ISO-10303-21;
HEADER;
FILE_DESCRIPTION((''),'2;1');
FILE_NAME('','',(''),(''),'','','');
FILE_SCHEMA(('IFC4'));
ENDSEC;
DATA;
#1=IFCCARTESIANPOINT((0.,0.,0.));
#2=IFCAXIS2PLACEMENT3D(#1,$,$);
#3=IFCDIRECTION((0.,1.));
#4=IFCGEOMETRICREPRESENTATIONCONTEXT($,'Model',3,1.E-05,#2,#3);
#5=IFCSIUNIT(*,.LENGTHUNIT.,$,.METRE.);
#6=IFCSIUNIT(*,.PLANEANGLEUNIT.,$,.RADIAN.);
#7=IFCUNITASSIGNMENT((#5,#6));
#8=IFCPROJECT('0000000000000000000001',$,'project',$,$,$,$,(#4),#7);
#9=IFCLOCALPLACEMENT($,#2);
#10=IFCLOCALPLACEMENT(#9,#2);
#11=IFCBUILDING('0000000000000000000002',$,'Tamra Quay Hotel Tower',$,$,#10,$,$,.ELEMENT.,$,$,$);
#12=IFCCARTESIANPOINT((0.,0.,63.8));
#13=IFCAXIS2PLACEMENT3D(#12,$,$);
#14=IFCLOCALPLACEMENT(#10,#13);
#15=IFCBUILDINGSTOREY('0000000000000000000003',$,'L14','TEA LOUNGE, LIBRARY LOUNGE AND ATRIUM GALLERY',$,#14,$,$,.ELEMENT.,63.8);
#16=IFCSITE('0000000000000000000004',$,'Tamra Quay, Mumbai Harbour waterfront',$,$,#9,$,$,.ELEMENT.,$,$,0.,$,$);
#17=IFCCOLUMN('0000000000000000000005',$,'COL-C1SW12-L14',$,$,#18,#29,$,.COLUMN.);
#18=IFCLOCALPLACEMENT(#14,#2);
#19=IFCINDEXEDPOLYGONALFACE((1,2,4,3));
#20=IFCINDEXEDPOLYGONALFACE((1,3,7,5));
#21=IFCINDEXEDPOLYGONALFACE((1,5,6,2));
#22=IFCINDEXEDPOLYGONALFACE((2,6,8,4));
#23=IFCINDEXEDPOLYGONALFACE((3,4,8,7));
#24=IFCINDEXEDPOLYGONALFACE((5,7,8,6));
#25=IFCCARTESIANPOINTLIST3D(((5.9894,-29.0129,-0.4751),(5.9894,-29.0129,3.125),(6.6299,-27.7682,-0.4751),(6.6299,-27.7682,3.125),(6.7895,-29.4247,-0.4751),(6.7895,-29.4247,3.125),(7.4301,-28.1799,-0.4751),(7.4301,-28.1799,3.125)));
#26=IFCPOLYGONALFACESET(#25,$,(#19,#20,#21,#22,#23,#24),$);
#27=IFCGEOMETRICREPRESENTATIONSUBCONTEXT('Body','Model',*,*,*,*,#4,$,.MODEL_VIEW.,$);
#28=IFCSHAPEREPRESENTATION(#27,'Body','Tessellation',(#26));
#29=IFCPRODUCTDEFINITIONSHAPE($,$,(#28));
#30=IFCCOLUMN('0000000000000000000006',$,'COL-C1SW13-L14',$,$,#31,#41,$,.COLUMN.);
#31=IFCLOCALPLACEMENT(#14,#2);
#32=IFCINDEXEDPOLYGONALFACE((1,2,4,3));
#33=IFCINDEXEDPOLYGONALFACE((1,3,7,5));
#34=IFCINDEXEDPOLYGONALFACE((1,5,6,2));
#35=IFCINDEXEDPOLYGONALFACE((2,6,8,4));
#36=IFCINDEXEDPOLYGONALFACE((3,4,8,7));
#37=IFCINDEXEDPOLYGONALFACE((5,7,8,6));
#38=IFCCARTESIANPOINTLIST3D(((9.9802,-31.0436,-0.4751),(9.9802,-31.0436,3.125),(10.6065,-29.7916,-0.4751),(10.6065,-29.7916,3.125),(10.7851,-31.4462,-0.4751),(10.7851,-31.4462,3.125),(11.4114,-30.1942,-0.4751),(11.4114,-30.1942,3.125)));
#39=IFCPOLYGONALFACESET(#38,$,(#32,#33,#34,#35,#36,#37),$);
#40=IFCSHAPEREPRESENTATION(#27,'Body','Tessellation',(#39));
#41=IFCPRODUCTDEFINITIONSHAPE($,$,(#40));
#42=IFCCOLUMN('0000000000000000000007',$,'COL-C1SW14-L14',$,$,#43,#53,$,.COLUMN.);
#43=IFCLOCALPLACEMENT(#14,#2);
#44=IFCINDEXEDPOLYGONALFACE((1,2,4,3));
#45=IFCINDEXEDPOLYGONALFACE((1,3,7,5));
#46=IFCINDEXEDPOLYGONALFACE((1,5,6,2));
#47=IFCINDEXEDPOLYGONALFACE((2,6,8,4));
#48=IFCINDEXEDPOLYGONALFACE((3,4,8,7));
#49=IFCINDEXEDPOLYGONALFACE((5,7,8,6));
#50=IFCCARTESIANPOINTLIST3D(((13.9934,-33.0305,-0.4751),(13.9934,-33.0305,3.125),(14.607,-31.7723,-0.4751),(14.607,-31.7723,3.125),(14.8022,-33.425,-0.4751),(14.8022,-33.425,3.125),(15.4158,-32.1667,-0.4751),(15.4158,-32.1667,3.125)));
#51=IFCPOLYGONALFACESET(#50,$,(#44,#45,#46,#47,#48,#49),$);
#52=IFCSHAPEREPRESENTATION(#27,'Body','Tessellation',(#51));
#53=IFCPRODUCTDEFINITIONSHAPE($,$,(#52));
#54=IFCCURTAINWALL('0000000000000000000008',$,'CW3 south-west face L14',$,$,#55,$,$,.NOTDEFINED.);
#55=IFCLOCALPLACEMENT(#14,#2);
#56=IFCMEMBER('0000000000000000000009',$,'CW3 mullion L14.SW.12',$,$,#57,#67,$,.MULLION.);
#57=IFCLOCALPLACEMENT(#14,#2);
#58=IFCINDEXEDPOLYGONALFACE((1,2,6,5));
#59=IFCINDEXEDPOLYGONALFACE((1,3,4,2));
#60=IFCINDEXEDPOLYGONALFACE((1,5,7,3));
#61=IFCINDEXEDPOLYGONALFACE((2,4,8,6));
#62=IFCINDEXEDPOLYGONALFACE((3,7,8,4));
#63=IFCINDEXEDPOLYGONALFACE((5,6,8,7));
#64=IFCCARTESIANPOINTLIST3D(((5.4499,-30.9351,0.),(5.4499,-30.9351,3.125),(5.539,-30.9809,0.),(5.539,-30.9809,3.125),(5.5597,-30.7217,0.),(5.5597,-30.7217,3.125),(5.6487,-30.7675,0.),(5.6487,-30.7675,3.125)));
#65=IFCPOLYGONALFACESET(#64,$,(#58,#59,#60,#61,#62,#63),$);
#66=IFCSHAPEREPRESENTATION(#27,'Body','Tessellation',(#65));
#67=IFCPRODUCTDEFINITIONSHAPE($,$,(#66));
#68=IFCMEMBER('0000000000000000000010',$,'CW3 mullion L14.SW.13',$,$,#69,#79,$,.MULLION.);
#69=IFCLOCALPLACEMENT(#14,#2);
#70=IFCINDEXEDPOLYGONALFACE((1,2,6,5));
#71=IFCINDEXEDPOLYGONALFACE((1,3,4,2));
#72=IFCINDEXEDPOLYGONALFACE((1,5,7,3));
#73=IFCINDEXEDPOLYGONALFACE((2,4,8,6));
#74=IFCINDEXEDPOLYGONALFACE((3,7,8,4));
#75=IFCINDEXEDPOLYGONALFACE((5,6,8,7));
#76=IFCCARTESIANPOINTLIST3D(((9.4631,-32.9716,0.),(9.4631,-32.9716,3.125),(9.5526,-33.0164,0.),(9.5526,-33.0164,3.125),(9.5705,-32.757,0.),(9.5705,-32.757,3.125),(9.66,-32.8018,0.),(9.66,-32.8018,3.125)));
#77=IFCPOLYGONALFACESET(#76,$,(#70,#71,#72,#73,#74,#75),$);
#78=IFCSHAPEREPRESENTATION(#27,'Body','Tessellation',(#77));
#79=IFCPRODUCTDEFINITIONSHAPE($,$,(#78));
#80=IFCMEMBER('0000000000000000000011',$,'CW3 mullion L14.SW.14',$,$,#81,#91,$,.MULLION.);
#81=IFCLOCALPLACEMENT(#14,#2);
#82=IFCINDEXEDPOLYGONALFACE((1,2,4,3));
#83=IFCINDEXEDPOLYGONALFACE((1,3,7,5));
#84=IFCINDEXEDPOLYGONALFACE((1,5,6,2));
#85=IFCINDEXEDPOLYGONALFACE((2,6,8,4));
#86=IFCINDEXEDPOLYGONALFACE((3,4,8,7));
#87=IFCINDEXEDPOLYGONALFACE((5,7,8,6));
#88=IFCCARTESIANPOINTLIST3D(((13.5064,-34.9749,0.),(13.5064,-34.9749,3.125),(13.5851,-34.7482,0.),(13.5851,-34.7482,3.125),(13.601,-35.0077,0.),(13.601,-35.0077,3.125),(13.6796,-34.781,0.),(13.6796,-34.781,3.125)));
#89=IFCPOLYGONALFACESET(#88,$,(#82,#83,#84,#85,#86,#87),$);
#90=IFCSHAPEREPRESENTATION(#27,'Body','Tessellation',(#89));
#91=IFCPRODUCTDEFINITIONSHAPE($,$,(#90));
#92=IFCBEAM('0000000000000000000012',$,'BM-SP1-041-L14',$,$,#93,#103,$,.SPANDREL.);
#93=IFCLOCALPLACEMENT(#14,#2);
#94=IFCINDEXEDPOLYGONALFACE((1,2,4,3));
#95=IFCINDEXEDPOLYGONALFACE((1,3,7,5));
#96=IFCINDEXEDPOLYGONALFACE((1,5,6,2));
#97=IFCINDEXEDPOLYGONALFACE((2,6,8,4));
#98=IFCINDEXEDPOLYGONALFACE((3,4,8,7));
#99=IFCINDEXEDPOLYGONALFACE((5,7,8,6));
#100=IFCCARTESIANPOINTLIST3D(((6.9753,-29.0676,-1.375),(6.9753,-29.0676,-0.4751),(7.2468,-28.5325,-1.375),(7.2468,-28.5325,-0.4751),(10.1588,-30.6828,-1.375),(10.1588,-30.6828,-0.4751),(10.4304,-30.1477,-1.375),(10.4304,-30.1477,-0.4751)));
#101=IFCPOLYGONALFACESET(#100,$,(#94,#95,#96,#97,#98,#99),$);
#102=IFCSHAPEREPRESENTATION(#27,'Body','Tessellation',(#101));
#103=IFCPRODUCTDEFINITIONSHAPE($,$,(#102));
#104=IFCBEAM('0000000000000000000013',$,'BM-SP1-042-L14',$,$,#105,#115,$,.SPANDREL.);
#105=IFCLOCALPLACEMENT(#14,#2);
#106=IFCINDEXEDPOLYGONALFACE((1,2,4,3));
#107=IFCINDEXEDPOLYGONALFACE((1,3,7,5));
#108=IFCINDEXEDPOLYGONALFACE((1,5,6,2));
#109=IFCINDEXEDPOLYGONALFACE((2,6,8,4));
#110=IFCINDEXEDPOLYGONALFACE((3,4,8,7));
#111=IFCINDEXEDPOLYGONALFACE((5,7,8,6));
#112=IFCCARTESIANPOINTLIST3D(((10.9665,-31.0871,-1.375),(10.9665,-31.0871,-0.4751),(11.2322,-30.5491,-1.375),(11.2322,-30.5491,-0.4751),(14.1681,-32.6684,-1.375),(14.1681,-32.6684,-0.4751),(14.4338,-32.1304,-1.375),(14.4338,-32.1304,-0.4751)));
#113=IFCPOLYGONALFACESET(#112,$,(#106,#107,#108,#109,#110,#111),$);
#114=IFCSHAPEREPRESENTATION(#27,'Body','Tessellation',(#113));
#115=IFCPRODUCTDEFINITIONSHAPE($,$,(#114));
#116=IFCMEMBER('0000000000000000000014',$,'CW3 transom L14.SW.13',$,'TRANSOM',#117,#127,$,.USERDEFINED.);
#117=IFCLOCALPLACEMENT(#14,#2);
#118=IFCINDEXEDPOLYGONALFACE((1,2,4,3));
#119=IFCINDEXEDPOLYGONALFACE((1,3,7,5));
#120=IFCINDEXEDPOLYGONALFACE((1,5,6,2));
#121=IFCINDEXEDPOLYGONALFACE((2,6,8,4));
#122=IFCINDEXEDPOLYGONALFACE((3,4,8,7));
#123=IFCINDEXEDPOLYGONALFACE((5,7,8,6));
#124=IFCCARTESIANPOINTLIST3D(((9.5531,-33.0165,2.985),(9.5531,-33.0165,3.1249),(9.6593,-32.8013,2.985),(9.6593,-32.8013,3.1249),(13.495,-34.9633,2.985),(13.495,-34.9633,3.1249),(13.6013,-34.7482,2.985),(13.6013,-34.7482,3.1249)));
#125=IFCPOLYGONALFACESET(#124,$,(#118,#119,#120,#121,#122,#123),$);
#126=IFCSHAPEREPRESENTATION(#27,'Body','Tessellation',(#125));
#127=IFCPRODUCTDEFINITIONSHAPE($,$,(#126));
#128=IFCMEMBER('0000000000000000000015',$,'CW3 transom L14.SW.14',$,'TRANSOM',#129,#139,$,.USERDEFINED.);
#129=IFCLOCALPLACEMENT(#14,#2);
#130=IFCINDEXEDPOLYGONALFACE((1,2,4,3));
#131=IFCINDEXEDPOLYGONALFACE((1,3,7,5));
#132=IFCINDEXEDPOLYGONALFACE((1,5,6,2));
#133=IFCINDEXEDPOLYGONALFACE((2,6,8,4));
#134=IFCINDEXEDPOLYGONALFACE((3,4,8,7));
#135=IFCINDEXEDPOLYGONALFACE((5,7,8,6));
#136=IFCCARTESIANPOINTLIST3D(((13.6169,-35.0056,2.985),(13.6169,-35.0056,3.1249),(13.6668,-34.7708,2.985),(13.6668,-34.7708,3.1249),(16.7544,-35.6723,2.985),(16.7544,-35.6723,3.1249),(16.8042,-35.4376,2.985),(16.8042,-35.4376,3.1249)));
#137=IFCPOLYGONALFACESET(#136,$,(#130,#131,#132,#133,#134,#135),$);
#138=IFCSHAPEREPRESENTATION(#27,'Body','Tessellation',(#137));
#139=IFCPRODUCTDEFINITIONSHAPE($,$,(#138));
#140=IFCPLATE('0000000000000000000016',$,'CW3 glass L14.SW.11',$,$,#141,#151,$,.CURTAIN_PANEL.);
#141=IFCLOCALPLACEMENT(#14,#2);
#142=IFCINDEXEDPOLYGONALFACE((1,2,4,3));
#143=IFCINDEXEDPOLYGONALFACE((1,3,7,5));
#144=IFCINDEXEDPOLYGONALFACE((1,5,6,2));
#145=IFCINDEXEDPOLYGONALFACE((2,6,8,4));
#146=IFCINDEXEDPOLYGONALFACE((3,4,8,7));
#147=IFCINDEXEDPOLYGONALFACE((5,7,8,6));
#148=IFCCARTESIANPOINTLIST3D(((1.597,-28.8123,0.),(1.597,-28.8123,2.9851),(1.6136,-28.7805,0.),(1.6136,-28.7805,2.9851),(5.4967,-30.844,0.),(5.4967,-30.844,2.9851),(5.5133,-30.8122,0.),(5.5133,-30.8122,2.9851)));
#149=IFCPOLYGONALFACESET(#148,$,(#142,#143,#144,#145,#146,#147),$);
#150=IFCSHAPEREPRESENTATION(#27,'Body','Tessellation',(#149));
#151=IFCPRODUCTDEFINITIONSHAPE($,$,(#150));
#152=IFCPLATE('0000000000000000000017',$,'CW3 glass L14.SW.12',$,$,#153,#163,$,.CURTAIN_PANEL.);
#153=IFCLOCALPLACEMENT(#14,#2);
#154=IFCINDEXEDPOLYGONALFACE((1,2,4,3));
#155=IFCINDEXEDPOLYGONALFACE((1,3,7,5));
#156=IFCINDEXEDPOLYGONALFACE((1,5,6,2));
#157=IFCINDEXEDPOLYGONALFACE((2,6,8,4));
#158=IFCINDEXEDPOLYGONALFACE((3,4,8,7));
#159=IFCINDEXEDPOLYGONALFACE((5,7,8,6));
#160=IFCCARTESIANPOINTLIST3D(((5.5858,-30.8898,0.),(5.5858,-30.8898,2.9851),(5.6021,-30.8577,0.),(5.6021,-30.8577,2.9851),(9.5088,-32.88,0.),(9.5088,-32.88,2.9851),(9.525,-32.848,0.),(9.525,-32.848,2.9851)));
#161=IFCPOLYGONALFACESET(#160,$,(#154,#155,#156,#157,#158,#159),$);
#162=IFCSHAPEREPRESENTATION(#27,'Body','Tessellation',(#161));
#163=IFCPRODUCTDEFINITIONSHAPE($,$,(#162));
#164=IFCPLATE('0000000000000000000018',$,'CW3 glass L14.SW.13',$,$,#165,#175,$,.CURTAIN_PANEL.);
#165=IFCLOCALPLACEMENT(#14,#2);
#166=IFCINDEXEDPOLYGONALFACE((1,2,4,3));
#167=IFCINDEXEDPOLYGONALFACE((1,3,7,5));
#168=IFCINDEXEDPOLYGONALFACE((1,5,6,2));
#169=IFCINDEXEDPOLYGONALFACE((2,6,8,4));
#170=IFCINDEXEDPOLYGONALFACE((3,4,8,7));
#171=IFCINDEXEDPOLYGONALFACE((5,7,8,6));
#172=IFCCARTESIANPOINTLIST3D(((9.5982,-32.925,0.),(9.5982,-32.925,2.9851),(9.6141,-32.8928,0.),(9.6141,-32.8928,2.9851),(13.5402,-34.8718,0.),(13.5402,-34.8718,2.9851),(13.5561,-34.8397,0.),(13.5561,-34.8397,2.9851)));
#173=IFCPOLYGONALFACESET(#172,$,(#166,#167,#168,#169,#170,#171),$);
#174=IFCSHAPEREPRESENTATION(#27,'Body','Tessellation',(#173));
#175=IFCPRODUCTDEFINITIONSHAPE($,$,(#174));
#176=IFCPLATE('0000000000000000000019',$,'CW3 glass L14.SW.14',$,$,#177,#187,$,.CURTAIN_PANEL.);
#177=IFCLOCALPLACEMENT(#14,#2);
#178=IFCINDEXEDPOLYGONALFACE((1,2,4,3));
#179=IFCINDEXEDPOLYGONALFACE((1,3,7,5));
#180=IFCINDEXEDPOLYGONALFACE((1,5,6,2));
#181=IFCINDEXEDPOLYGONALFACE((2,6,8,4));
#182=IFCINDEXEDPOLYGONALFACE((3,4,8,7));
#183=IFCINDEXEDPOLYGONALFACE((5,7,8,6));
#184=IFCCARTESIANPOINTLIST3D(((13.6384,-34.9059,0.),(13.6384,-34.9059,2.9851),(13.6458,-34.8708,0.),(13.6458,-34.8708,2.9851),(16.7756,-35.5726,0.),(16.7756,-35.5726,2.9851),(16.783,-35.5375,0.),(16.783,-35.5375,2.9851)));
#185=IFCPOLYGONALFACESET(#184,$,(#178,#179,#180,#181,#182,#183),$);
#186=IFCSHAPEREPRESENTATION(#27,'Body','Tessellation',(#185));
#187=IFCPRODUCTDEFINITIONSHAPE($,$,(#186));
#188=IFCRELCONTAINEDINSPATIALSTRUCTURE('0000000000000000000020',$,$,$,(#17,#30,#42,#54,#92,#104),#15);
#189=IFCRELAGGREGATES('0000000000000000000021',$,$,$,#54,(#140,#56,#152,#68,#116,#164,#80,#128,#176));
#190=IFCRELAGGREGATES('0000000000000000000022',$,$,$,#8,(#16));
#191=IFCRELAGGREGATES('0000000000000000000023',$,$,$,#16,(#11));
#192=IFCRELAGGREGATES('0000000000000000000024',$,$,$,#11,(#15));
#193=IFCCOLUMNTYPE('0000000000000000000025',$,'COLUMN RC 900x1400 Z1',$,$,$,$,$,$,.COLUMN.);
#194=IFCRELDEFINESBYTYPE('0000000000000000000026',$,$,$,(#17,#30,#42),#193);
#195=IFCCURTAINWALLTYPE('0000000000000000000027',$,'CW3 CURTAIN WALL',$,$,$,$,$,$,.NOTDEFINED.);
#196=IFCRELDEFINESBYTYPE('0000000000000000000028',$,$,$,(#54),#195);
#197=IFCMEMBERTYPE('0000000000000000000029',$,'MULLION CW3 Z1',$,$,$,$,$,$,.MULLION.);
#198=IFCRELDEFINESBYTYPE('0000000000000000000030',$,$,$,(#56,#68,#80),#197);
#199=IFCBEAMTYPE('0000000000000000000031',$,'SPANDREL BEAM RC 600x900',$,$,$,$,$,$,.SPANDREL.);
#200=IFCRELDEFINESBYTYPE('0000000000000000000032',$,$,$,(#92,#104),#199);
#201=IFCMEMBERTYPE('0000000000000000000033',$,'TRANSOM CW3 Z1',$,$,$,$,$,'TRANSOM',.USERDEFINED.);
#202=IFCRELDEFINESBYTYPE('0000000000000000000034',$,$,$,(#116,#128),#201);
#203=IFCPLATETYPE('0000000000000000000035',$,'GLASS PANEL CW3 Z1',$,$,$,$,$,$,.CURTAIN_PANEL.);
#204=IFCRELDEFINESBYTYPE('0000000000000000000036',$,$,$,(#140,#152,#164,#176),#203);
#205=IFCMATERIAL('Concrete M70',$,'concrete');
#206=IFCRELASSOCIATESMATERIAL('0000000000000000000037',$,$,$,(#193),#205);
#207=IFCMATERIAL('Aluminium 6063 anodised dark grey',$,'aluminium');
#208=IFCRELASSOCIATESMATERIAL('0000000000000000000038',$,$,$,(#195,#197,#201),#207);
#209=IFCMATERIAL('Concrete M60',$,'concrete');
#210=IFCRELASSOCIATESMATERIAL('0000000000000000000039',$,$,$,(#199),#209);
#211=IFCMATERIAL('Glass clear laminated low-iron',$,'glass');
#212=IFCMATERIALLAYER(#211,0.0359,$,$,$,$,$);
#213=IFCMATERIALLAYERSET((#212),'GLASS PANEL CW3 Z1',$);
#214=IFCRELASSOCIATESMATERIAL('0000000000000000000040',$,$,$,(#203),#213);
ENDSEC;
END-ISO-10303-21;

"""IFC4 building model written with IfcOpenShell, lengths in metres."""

from ifc_helpers import new_model, si_unit, direction, frame, origin, origin_2d, place, context, subcontext, project, spatial, rectangle, extrude, material, layer, layer_set, material_profile, profile_set, type_object, element, aggregate, save


model = new_model("IFC4")

# Units and contexts
model_context = context("Model", 3, precision=1e-05, world=origin(), true_north=direction((0.0, 1.0)))
body_context = subcontext(model_context, "Body", "Model", "MODEL_VIEW")
ifc_project = project(units=[si_unit("LENGTHUNIT", "METRE"), si_unit("PLANEANGLEUNIT", "RADIAN")], contexts=[model_context])

# Site, building, storey
site_placement = place(None, origin())
site = spatial("IfcSite", under=ifc_project, at=site_placement, Name="Tamra Quay, Mumbai Harbour waterfront", CompositionType="ELEMENT", RefElevation=0.0)
building_placement = place(site_placement, origin())
building = spatial("IfcBuilding", under=site, at=building_placement, Name="Tamra Quay Hotel Tower", CompositionType="ELEMENT")
storey_placement = place(building_placement, frame((0.0, 0.0, 63.8)))
storey = spatial("IfcBuildingStorey", under=building, at=storey_placement, Name="L14", Description="TEA LOUNGE, LIBRARY LOUNGE AND ATRIUM GALLERY", CompositionType="ELEMENT", Elevation=63.8)

# Columns
ifc_material_1 = material(Name="Concrete M70", Category="concrete")
ifc_material_profile_1 = material_profile(ifc_material_1, rectangle(XDim=1.3999, YDim=0.8999, at=origin_2d()), Name="COLUMN RC 900x1400 Z1")
ifc_profile_set_1 = profile_set([ifc_material_profile_1], Name="Concrete M70")
column_type = type_object("IfcColumnType", Name="COLUMN RC 900x1400 Z1", PredefinedType="COLUMN", material=ifc_profile_set_1)
for number, where, z_axis, x_axis, name in (
    (1, (6.7097, -28.5964, -0.4751), (0.0, 0.0, 1.0), (0.457548, 0.889185, 0.0), "COL-C1SW12-L14"),
    (2, (10.6958, -30.6189, -0.4751), (0.0, 0.0, 1.0), (0.447377, 0.894346, 0.0), "COL-C1SW13-L14"),
    (3, (14.7046, -32.5986, -0.4751), (0.0, 0.0, 1.0), (0.438341, 0.898809, 0.0), "COL-C1SW14-L14"),
):
    element("IfcColumn", number, at=place(storey_placement, frame(where, z_axis=z_axis, x_axis=x_axis)), inside=storey, type_object=column_type, Name=name, PredefinedType="COLUMN", context=body_context, shape_type="SweptSolid", body=[
        extrude(rectangle(XDim=1.3999, YDim=0.8999, at=origin_2d()), origin(), (0.0, 0.0, 1.0), 3.6001),
    ])

# Curtain wall, members
ifc_material_2 = material(Name="Aluminium 6063 anodised dark grey", Category="aluminium")
curtain_wall_type = type_object("IfcCurtainWallType", Name="CW3 CURTAIN WALL", PredefinedType="NOTDEFINED", material=ifc_material_2)
curtain_wall_placement = place(storey_placement, origin())
curtain_wall = element("IfcCurtainWall", 4, at=curtain_wall_placement, inside=storey, type_object=curtain_wall_type, Name="CW3 south-west face L14", PredefinedType="NOTDEFINED")
ifc_material_profile_2 = material_profile(ifc_material_2, rectangle(XDim=0.24, YDim=0.1001, at=origin_2d()), Name="MULLION 100X240")
ifc_profile_set_2 = profile_set([ifc_material_profile_2], Name="Aluminium 6063 anodised dark grey")
member_type_1 = type_object("IfcMemberType", Name="MULLION CW3 Z1", PredefinedType="MULLION", material=ifc_profile_set_2)
member_1_placement = place(storey_placement, frame((5.5493, -30.8513, 0.0), z_axis=(0.0, 0.0, 1.0), x_axis=(-0.457254, -0.889336, 0.0)))
member_1 = element("IfcMember", 5, at=member_1_placement, type_object=member_type_1, Name="CW3 mullion L14.SW.12", PredefinedType="MULLION", context=body_context, shape_type="SweptSolid", body=[
    extrude(rectangle(XDim=0.24, YDim=0.1001, at=origin_2d()), origin(), (0.0, 0.0, 1.0), 3.125),
])
member_2_placement = place(storey_placement, frame((9.5615, -32.8867, 0.0), z_axis=(0.0, 0.0, 1.0), x_axis=(-0.447641, -0.894213, 0.0)))
member_2 = element("IfcMember", 6, at=member_2_placement, type_object=member_type_1, Name="CW3 mullion L14.SW.13", PredefinedType="MULLION", context=body_context, shape_type="SweptSolid", body=[
    extrude(rectangle(XDim=0.24, YDim=0.1001, at=origin_2d()), origin(), (0.0, 0.0, 1.0), 3.125),
])
member_3_placement = place(storey_placement, frame((13.593, -34.8779, 0.0), z_axis=(0.0, 0.0, 1.0), x_axis=(-0.327898, -0.944713, 0.0)))
member_3 = element("IfcMember", 7, at=member_3_placement, type_object=member_type_1, Name="CW3 mullion L14.SW.14", PredefinedType="MULLION", context=body_context, shape_type="SweptSolid", body=[
    extrude(rectangle(XDim=0.24, YDim=0.1001, at=origin_2d()), origin(), (0.0, 0.0, 1.0), 3.125),
])

# Beams
ifc_material_3 = material(Name="Concrete M60", Category="concrete")
ifc_material_profile_3 = material_profile(ifc_material_3, rectangle(XDim=0.6001, YDim=0.8999, at=origin_2d()), Name="SPANDREL BEAM RC 600x900")
ifc_profile_set_3 = profile_set([ifc_material_profile_3], Name="Concrete M60")
beam_type = type_object("IfcBeamType", Name="SPANDREL BEAM RC 600x900", PredefinedType="SPANDREL", material=ifc_profile_set_3)
beam_1_placement = place(storey_placement, frame((7.1111, -28.8, -0.925), z_axis=(0.891786, -0.452458, 0.0), x_axis=(0.452458, 0.891786, 0.0)))
element("IfcBeam", 8, at=beam_1_placement, inside=storey, type_object=beam_type, Name="BM-SP1-041-L14", PredefinedType="SPANDREL", context=body_context, shape_type="SweptSolid", body=[
    extrude(rectangle(XDim=0.6001, YDim=0.8999, at=origin_2d()), origin(), (0.0, 0.0, 1.0), 3.5698),
])
beam_2_placement = place(storey_placement, frame((11.0994, -30.8181, -0.925), z_axis=(0.896604, -0.442833, 0.0), x_axis=(0.442833, 0.896604, 0.0)))
element("IfcBeam", 9, at=beam_2_placement, inside=storey, type_object=beam_type, Name="BM-SP1-042-L14", PredefinedType="SPANDREL", context=body_context, shape_type="SweptSolid", body=[
    extrude(rectangle(XDim=0.6001, YDim=0.8999, at=origin_2d()), origin(), (0.0, 0.0, 1.0), 3.5708),
])

# Members
ifc_material_profile_4 = material_profile(ifc_material_2, rectangle(XDim=0.24, YDim=0.1399, at=origin_2d()), Name="TRANSOM 240X140")
ifc_profile_set_4 = profile_set([ifc_material_profile_4], Name="Aluminium 6063 anodised dark grey")
member_type_2 = type_object("IfcMemberType", Name="TRANSOM CW3 Z1", ElementType="TRANSOM", PredefinedType="USERDEFINED", material=ifc_profile_set_4)
member_4_placement = place(storey_placement, frame((9.6062, -32.9089, 3.0549), z_axis=(0.896615, -0.44281, 0.0), x_axis=(0.44281, 0.896615, 0.0)))
member_4 = element("IfcMember", 10, at=member_4_placement, type_object=member_type_2, Name="CW3 transom L14.SW.13", ObjectType="TRANSOM", PredefinedType="USERDEFINED", context=body_context, shape_type="SweptSolid", body=[
    extrude(rectangle(XDim=0.24, YDim=0.1399, at=origin_2d()), origin(), (0.0, 0.0, 1.0), 4.3965),
])
member_5_placement = place(storey_placement, frame((13.6418, -34.8882, 3.0549), z_axis=(0.978156, -0.207871, 0.0), x_axis=(0.207871, 0.978156, 0.0)))
member_5 = element("IfcMember", 11, at=member_5_placement, type_object=member_type_2, Name="CW3 transom L14.SW.14", ObjectType="TRANSOM", PredefinedType="USERDEFINED", context=body_context, shape_type="SweptSolid", body=[
    extrude(rectangle(XDim=0.24, YDim=0.1399, at=origin_2d()), origin(), (0.0, 0.0, 1.0), 3.2075),
])

# Plates
ifc_material_4 = material(Name="Glass clear laminated low-iron", Category="glass")
ifc_layer_1 = layer(ifc_material_4, 0.0359)
ifc_layer_set_1 = layer_set([ifc_layer_1], Name="GLASS PANEL CW3 Z1")
plate_type = type_object("IfcPlateType", Name="GLASS PANEL CW3 Z1", PredefinedType="CURTAIN_PANEL", material=ifc_layer_set_1)
plate_1_placement = place(storey_placement, frame((3.5552, -29.8123, 0.0), z_axis=(0.0, 0.0, 1.0), x_axis=(0.886856, -0.462045, 0.0)))
plate_1 = element("IfcPlate", 12, at=plate_1_placement, type_object=plate_type, Name="CW3 glass L14.SW.11", PredefinedType="CURTAIN_PANEL", context=body_context, shape_type="SweptSolid", body=[
    extrude(rectangle(XDim=4.3972, YDim=0.0359, at=origin_2d()), origin(), (0.0, 0.0, 1.0), 2.9851),
])
plate_2_placement = place(storey_placement, frame((7.5554, -31.8689, 0.0), z_axis=(0.0, 0.0, 1.0), x_axis=(0.89179, -0.45245, 0.0)))
plate_2 = element("IfcPlate", 13, at=plate_2_placement, type_object=plate_type, Name="CW3 glass L14.SW.12", PredefinedType="CURTAIN_PANEL", context=body_context, shape_type="SweptSolid", body=[
    extrude(rectangle(XDim=4.3989, YDim=0.0359, at=origin_2d()), origin(), (0.0, 0.0, 1.0), 2.9851),
])
plate_3_placement = place(storey_placement, frame((11.5771, -33.8823, 0.0), z_axis=(0.0, 0.0, 1.0), x_axis=(0.896611, -0.442819, 0.0)))
plate_3 = element("IfcPlate", 14, at=plate_3_placement, type_object=plate_type, Name="CW3 glass L14.SW.13", PredefinedType="CURTAIN_PANEL", context=body_context, shape_type="SweptSolid", body=[
    extrude(rectangle(XDim=4.3965, YDim=0.0359, at=origin_2d()), origin(), (0.0, 0.0, 1.0), 2.9851),
])
plate_4_placement = place(storey_placement, frame((15.2107, -35.2217, 0.0), z_axis=(0.0, 0.0, 1.0), x_axis=(0.978153, -0.207887, 0.0)))
plate_4 = element("IfcPlate", 15, at=plate_4_placement, type_object=plate_type, Name="CW3 glass L14.SW.14", PredefinedType="CURTAIN_PANEL", context=body_context, shape_type="SweptSolid", body=[
    extrude(rectangle(XDim=3.2073, YDim=0.0359, at=origin_2d()), origin(), (0.0, 0.0, 1.0), 2.9851),
])
aggregate(curtain_wall, [plate_1, member_1, plate_2, member_2, member_4, plate_3, member_3, member_5, plate_4])

save(model, "model.ifc")
